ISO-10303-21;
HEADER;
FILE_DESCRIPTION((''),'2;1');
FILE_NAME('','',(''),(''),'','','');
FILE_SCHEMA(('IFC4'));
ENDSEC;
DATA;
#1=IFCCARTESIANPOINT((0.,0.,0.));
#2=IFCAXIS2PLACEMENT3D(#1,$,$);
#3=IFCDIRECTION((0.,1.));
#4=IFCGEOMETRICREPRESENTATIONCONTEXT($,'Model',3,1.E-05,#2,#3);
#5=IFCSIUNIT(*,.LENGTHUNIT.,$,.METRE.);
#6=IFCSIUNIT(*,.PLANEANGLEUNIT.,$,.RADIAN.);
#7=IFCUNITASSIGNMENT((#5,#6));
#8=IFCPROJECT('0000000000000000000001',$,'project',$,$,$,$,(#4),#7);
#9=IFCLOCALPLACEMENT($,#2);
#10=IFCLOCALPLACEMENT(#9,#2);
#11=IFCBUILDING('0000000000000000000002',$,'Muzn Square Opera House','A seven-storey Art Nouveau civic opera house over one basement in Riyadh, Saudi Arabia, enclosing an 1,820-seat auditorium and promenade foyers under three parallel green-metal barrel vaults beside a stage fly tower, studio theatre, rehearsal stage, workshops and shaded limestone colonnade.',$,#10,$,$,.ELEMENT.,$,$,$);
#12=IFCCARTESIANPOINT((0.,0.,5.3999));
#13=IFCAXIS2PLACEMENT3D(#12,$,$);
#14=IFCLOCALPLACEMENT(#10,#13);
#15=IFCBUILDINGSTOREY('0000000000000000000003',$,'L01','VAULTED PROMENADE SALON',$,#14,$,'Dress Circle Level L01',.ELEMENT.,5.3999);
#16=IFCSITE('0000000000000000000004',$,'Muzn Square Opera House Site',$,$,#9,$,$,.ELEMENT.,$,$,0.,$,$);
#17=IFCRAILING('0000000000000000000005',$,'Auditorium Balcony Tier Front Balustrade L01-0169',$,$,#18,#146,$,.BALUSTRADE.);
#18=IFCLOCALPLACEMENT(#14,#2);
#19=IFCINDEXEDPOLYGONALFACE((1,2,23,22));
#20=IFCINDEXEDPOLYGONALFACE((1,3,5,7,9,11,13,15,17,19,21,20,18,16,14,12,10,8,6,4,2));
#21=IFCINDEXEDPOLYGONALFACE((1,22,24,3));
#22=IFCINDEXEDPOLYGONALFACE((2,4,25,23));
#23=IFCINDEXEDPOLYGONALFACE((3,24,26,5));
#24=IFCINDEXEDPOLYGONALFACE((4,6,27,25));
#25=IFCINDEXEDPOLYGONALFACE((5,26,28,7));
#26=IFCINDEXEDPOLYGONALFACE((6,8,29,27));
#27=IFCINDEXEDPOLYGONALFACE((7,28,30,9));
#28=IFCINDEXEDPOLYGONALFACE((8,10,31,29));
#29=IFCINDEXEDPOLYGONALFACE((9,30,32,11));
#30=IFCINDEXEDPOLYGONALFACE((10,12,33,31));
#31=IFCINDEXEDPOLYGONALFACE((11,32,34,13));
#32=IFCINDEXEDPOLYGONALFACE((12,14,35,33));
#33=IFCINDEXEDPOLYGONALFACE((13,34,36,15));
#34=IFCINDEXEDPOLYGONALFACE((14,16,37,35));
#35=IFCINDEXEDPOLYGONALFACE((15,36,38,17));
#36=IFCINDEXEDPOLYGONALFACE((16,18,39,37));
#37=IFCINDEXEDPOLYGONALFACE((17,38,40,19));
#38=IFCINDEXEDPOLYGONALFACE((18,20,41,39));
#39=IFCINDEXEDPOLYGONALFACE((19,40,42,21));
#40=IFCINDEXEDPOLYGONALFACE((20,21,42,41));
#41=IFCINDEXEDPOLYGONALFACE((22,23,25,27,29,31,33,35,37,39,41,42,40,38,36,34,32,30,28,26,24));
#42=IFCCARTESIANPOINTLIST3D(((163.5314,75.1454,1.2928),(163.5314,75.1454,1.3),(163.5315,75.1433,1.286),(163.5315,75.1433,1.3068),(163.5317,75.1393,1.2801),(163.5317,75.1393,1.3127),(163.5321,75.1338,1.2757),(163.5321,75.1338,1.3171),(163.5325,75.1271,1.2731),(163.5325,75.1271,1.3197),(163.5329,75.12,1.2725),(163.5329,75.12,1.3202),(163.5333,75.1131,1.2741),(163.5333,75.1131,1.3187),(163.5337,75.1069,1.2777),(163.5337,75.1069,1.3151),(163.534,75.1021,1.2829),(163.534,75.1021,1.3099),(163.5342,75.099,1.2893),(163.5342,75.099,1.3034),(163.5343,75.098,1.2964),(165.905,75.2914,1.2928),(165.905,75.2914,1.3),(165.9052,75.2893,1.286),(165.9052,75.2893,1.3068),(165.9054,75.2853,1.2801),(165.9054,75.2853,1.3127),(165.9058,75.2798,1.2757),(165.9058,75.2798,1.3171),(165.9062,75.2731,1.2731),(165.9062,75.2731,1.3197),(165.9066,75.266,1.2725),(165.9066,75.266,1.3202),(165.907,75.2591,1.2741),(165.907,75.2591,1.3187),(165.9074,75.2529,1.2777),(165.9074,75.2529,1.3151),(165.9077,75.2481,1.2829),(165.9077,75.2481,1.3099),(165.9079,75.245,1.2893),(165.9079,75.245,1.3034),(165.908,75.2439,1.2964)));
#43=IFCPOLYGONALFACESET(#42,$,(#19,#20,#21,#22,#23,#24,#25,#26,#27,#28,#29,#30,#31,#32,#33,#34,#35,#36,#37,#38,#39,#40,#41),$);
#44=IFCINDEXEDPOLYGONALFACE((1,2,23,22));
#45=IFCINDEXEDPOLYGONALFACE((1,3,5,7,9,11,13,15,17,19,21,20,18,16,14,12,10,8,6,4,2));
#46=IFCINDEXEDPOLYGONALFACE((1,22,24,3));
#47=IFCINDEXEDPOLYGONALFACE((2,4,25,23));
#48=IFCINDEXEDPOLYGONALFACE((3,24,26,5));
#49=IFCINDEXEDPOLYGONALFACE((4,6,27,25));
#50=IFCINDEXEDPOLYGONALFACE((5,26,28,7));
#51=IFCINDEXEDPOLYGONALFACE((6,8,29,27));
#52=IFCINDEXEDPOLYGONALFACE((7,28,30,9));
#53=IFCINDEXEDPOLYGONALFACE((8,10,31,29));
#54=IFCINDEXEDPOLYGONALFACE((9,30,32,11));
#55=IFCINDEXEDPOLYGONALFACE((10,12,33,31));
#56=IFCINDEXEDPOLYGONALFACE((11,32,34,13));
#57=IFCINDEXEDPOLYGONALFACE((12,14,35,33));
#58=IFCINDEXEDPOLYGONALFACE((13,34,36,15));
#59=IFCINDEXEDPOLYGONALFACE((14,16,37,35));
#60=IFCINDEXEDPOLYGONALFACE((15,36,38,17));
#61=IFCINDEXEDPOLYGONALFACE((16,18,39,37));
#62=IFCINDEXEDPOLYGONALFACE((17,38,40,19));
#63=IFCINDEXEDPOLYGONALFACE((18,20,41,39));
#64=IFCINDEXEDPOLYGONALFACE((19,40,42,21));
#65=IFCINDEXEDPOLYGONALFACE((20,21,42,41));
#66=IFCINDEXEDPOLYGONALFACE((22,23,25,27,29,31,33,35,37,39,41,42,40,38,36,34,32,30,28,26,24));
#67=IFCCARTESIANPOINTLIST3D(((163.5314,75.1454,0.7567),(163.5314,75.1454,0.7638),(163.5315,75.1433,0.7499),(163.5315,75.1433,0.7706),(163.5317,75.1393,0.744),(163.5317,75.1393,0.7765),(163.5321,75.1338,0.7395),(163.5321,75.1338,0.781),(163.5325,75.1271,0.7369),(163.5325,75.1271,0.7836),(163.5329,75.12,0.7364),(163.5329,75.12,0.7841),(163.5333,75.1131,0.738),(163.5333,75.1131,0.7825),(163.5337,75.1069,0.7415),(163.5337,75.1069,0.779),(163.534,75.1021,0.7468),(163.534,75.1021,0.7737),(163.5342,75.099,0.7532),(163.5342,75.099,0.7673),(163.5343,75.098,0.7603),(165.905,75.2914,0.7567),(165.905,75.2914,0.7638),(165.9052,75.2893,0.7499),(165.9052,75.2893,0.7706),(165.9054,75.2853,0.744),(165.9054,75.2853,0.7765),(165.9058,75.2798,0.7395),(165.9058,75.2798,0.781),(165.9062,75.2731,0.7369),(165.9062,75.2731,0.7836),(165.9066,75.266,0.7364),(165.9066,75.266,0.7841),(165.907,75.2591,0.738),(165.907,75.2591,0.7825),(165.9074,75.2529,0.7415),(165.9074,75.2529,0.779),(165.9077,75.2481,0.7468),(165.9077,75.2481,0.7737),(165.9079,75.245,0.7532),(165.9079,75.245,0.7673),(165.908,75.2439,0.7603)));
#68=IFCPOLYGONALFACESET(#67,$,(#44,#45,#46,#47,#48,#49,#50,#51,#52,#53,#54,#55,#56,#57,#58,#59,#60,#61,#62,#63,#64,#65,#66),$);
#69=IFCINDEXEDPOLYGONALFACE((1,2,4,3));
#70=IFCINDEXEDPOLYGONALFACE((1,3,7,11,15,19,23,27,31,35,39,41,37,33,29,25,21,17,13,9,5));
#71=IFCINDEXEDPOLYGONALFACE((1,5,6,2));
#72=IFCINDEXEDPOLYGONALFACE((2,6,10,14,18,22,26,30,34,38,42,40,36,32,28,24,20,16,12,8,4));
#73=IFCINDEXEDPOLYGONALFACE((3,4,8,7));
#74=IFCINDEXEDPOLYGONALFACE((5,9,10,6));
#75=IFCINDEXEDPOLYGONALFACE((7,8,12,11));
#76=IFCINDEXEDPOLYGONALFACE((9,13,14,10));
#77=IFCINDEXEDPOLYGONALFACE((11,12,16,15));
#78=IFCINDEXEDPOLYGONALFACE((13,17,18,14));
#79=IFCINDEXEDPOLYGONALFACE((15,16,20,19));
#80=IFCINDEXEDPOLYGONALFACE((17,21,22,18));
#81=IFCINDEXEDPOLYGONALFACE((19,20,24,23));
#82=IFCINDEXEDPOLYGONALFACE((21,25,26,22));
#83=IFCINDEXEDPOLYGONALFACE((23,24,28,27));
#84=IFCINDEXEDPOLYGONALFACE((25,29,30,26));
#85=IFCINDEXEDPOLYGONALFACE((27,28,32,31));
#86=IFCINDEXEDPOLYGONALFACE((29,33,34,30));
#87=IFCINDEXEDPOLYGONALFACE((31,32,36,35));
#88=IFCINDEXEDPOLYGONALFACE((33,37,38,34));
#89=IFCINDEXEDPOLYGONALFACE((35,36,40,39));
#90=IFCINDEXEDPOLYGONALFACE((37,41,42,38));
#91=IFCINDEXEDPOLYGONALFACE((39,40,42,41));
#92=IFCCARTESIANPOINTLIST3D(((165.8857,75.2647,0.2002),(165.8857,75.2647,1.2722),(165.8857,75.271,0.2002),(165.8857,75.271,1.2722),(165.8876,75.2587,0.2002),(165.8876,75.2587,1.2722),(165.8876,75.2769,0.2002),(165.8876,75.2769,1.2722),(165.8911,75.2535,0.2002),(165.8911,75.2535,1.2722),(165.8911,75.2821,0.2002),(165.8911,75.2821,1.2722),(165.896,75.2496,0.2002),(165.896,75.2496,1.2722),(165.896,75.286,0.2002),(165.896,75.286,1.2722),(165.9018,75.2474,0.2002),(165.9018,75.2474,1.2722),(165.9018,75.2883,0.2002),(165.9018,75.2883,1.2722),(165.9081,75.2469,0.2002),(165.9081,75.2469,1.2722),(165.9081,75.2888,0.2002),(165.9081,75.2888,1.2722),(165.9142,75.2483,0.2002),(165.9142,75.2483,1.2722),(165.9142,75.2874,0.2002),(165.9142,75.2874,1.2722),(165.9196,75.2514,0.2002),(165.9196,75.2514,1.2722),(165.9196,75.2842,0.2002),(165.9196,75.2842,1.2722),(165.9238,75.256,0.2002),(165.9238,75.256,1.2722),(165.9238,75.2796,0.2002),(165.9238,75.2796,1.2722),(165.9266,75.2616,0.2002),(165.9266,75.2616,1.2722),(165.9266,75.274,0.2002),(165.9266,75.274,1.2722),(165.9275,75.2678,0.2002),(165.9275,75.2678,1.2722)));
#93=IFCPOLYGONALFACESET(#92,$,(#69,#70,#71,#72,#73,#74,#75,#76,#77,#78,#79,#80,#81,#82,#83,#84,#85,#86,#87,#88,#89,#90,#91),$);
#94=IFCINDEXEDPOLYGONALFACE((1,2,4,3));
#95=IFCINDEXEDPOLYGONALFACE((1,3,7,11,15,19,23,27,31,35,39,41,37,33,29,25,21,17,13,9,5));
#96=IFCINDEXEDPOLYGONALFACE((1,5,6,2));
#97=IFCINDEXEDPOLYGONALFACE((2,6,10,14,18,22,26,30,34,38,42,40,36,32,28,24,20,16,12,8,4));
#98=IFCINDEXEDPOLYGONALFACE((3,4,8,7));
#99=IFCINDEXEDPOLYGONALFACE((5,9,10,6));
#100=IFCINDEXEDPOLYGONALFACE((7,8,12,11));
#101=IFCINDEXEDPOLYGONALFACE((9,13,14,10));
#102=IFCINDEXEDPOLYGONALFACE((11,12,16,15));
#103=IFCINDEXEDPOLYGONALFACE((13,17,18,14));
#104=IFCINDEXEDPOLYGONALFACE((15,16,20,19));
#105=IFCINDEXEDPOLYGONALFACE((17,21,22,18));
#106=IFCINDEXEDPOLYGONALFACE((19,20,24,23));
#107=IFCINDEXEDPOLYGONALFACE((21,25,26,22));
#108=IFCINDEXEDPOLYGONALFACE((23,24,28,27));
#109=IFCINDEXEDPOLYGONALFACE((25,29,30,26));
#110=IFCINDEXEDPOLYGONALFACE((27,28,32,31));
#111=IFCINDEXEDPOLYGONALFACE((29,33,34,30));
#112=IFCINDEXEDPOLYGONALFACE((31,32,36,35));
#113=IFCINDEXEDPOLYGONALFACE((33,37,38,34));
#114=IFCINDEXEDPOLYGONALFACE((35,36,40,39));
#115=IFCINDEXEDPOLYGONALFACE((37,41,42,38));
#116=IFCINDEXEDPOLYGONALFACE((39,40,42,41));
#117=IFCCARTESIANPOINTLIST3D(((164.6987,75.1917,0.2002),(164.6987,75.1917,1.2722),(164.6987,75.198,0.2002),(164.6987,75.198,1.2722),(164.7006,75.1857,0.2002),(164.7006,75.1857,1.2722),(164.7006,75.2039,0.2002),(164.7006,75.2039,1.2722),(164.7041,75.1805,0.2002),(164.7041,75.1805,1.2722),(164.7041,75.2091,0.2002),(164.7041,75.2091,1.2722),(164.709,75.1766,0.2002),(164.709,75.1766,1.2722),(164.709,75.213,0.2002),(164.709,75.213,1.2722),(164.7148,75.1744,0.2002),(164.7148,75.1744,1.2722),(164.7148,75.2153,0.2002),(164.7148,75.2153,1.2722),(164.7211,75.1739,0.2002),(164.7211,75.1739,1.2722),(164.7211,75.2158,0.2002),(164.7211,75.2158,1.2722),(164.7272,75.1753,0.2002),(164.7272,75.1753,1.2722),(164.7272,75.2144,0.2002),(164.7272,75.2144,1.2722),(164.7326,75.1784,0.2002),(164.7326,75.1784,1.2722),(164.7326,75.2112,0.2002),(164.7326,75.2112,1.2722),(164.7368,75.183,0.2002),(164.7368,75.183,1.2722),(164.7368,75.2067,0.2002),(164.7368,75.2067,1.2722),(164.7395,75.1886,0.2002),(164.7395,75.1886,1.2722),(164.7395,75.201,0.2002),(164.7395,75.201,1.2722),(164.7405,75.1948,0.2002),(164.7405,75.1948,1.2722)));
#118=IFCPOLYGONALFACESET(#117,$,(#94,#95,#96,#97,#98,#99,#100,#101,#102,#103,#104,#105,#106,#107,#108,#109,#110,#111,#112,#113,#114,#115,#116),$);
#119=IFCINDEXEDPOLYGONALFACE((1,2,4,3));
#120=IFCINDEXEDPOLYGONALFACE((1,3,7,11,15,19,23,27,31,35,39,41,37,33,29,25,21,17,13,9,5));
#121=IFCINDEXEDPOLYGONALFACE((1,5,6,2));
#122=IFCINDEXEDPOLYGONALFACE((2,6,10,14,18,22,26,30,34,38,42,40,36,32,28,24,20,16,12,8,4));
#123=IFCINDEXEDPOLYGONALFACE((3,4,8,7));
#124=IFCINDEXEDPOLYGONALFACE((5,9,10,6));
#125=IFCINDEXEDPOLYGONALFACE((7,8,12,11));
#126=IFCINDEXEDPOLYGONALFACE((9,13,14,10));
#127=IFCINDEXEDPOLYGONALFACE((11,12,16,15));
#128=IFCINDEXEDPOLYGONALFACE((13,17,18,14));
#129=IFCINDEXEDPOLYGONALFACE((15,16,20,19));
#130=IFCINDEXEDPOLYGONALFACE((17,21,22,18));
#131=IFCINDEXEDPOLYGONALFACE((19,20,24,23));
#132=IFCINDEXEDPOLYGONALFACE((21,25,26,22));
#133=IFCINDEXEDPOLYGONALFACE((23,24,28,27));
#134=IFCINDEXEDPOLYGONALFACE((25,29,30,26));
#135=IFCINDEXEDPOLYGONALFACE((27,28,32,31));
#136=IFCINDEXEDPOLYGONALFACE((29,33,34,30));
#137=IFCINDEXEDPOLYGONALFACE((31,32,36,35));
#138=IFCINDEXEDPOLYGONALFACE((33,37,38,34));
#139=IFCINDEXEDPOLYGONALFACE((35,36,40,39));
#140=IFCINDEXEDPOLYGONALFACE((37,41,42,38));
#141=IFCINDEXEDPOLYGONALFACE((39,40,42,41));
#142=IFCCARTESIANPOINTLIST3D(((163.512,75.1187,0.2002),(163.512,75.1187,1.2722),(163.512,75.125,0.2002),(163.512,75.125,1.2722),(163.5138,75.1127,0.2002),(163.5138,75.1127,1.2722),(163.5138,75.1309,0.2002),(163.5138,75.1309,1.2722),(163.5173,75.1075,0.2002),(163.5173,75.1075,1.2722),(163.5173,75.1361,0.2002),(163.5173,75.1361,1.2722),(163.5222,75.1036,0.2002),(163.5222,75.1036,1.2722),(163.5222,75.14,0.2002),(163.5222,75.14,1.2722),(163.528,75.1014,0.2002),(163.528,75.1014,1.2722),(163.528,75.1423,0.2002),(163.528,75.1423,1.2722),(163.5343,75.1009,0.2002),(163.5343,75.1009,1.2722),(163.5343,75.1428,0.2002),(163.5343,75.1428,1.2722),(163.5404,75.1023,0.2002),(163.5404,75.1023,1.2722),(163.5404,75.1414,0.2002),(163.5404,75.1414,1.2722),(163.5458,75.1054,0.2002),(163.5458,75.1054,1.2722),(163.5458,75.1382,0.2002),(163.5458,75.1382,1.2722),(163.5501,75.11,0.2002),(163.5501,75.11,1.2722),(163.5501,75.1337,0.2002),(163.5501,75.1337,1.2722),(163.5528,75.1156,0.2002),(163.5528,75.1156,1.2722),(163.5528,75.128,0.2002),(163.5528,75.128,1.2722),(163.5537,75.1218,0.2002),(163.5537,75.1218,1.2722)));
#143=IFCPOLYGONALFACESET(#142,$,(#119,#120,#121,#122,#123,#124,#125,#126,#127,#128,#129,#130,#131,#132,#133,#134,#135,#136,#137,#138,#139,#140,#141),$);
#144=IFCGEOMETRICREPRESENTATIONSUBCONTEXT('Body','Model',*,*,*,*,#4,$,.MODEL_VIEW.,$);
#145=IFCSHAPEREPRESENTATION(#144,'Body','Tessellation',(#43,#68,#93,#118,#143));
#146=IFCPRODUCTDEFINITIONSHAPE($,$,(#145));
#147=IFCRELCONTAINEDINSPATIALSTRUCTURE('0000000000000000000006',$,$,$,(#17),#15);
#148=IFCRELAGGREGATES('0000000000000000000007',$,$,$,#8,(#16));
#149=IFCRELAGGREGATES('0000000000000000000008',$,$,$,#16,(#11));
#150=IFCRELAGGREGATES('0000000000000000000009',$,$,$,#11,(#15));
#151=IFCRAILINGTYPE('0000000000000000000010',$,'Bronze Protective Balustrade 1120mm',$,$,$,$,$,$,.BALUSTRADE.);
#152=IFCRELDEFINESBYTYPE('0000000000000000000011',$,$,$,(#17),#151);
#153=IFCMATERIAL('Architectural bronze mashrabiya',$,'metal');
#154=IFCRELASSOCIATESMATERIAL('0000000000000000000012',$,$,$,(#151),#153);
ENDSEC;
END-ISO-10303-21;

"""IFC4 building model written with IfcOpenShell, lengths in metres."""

from ifc_helpers import new_model, si_unit, direction, frame, origin, origin_2d, place, context, subcontext, project, spatial, circle, extrude, material, type_object, element, save


model = new_model("IFC4")

# Units and contexts
model_context = context("Model", 3, precision=1e-05, world=origin(), true_north=direction((0.0, 1.0)))
body_context = subcontext(model_context, "Body", "Model", "MODEL_VIEW")
ifc_project = project(units=[si_unit("LENGTHUNIT", "METRE"), si_unit("PLANEANGLEUNIT", "RADIAN")], contexts=[model_context])

# Site, building, storey
site_placement = place(None, origin())
site = spatial("IfcSite", under=ifc_project, at=site_placement, Name="Muzn Square Opera House Site", CompositionType="ELEMENT", RefElevation=0.0)
building_placement = place(site_placement, origin())
building = spatial("IfcBuilding", under=site, at=building_placement, Name="Muzn Square Opera House", Description="A seven-storey Art Nouveau civic opera house over one basement in Riyadh, Saudi Arabia, enclosing an 1,820-seat auditorium and promenade foyers under three parallel green-metal barrel vaults beside a stage fly tower, studio theatre, rehearsal stage, workshops and shaded limestone colonnade.", CompositionType="ELEMENT")
storey_placement = place(building_placement, frame((0.0, 0.0, 5.3999)))
storey = spatial("IfcBuildingStorey", under=building, at=storey_placement, Name="L01", Description="VAULTED PROMENADE SALON", LongName="Dress Circle Level L01", CompositionType="ELEMENT", Elevation=5.3999)

# Railing
ifc_material_1 = material(Name="Architectural bronze mashrabiya", Category="metal")
railing_type = type_object("IfcRailingType", Name="Bronze Protective Balustrade 1120mm", PredefinedType="BALUSTRADE", material=ifc_material_1)
railing_1_placement = place(storey_placement, frame((165.9065, 75.2678, 0.2002)))
element("IfcRailing", 1, at=railing_1_placement, inside=storey, type_object=railing_type, Name="Auditorium Balcony Tier Front Balustrade L01-0169", PredefinedType="BALUSTRADE", context=body_context, shape_type="SweptSolid", body=[
    extrude(circle(Radius=0.0239, at=origin_2d()), frame((0.0, 0.0, 1.0962), z_axis=(-0.998114, -0.061388, 0.0), x_axis=(0.061388, -0.998114, 0.0)), (0.0, 0.0, 1.0), 2.3782),
    extrude(circle(Radius=0.0239, at=origin_2d()), frame((0.0, 0.0, 0.5601), z_axis=(-0.998114, -0.061388, 0.0), x_axis=(0.061388, -0.998114, 0.0)), (0.0, 0.0, 1.0), 2.3782),
    extrude(circle(Radius=0.021, at=origin_2d()), origin(), (0.0, 0.0, 1.0), 1.072),
    extrude(circle(Radius=0.021, at=origin_2d()), frame((-1.187, -0.073, 0.0)), (0.0, 0.0, 1.0), 1.072),
    extrude(circle(Radius=0.021, at=origin_2d()), frame((-2.3738, -0.146, 0.0)), (0.0, 0.0, 1.0), 1.072),
])

save(model, "model.ifc")
